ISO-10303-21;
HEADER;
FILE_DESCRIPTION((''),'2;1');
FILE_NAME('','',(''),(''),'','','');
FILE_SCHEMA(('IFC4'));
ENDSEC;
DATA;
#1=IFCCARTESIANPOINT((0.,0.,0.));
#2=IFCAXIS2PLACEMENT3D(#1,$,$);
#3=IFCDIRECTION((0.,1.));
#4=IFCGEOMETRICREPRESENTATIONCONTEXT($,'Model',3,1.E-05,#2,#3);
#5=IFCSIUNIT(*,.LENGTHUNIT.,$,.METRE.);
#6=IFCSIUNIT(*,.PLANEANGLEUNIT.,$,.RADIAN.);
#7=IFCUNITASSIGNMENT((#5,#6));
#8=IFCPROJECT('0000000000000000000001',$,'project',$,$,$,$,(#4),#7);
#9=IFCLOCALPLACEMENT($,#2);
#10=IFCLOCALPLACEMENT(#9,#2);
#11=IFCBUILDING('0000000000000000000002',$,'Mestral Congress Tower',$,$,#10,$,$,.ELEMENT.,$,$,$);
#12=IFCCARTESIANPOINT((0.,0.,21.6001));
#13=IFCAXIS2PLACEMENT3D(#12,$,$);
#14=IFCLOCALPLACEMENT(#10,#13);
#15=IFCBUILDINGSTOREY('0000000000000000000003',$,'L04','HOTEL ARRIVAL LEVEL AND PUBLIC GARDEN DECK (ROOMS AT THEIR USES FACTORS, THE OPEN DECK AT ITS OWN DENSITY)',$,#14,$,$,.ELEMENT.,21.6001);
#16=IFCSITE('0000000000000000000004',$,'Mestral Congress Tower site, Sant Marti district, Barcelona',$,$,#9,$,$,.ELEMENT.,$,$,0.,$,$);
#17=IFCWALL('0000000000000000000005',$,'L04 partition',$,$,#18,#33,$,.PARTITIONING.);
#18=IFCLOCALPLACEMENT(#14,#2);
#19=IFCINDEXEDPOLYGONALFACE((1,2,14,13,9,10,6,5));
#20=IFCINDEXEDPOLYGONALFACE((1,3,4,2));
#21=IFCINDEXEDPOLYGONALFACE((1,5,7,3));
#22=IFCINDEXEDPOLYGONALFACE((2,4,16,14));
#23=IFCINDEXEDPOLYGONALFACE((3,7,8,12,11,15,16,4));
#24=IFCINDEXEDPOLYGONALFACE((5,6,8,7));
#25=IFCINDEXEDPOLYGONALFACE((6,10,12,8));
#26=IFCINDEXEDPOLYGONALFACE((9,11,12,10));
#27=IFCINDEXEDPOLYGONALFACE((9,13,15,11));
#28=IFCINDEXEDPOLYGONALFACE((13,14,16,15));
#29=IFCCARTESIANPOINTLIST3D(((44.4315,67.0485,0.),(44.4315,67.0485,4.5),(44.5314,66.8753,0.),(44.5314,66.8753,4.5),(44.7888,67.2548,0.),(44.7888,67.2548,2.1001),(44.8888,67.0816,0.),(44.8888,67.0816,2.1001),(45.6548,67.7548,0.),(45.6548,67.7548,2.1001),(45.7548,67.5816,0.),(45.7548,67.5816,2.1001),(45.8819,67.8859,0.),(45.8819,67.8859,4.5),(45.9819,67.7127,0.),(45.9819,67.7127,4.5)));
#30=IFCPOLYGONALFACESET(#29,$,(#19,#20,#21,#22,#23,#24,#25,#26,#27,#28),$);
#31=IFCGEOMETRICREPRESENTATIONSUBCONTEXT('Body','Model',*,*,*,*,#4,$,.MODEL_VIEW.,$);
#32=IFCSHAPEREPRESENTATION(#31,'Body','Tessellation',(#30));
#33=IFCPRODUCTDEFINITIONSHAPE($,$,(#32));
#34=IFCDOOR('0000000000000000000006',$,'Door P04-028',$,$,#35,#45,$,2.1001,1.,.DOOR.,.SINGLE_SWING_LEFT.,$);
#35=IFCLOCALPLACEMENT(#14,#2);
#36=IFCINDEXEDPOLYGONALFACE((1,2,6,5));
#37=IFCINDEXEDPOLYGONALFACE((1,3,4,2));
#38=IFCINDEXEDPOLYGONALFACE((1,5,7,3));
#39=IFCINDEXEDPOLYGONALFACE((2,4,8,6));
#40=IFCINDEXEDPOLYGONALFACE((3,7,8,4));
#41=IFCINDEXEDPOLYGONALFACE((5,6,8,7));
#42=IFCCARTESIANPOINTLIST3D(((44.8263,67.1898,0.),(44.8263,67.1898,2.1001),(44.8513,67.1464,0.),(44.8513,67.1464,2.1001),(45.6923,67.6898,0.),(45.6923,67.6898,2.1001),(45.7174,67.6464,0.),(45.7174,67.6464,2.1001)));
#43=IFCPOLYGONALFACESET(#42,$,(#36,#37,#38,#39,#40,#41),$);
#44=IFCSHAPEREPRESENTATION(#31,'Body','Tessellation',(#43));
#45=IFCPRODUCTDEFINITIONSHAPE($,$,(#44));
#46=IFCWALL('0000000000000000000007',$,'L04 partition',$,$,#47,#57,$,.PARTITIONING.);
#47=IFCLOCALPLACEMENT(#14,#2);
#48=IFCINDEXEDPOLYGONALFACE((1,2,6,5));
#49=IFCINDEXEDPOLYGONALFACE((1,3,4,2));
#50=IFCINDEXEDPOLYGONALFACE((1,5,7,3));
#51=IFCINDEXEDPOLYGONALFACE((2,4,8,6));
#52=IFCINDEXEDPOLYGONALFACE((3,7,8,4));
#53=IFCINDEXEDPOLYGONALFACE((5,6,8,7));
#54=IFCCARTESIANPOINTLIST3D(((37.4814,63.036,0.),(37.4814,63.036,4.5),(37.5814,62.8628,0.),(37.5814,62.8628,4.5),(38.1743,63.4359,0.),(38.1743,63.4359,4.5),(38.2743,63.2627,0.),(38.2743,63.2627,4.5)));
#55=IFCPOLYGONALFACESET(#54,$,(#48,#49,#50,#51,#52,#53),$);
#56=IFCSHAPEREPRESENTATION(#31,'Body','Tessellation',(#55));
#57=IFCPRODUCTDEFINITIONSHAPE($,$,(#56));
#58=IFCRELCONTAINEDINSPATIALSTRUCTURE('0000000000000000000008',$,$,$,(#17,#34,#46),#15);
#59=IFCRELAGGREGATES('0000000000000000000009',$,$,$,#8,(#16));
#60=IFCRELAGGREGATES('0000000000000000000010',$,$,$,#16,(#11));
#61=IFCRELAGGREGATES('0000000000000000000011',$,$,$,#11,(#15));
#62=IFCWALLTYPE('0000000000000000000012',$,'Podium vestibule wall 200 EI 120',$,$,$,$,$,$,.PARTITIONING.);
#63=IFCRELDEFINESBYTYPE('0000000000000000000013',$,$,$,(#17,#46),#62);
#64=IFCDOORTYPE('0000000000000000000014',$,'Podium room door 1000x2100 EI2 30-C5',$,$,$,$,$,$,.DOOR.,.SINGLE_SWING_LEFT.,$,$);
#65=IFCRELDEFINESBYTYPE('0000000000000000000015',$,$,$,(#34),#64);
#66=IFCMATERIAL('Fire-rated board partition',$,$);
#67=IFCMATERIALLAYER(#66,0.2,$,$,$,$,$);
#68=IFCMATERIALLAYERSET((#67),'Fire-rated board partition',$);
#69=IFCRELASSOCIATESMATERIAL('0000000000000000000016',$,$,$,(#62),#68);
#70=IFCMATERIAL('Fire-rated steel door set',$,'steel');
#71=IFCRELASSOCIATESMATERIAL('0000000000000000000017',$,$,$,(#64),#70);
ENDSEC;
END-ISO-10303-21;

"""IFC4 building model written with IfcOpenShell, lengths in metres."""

from ifc_helpers import new_model, si_unit, direction, frame, frame_2d, origin, place, context, subcontext, project, spatial, rectangle, extrude, material, layer, layer_set, type_object, element, fill, save


model = new_model("IFC4")

# Units and contexts
model_context = context("Model", 3, precision=1e-05, world=origin(), true_north=direction((0.0, 1.0)))
body_context = subcontext(model_context, "Body", "Model", "MODEL_VIEW")
ifc_project = project(units=[si_unit("LENGTHUNIT", "METRE"), si_unit("PLANEANGLEUNIT", "RADIAN")], contexts=[model_context])

# Site, building, storey
site_placement = place(None, origin())
site = spatial("IfcSite", under=ifc_project, at=site_placement, Name="Mestral Congress Tower site, Sant Marti district, Barcelona", CompositionType="ELEMENT", RefElevation=0.0)
building_placement = place(site_placement, origin())
building = spatial("IfcBuilding", under=site, at=building_placement, Name="Mestral Congress Tower", CompositionType="ELEMENT")
storey_placement = place(building_placement, frame((0.0, 0.0, 21.6001)))
storey = spatial("IfcBuildingStorey", under=building, at=storey_placement, Name="L04", Description="HOTEL ARRIVAL LEVEL AND PUBLIC GARDEN DECK (ROOMS AT THEIR USES FACTORS, THE OPEN DECK AT ITS OWN DENSITY)", CompositionType="ELEMENT", Elevation=21.6001)

# Shared definitions
ifc_material_1 = material(Name="Fire-rated steel door set", Category="steel")

# Shared definitions
ifc_material_2 = material(Name="Fire-rated board partition")
ifc_layer_1 = layer(ifc_material_2, 0.2)
ifc_layer_set_1 = layer_set([ifc_layer_1], Name="Fire-rated board partition")
wall_type_1 = type_object("IfcWallType", Name="Podium vestibule wall 200 EI 120", PredefinedType="PARTITIONING", material=ifc_layer_set_1)

# Wall, opening, door
door_type_1 = type_object("IfcDoorType", Name="Podium room door 1000x2100 EI2 30-C5", OperationType="SINGLE_SWING_LEFT", PredefinedType="DOOR", material=ifc_material_1)
wall_1_placement = place(storey_placement, frame((44.4814, 66.9619, 0.0), z_axis=(0.0, 0.0, 1.0), x_axis=(0.866028, 0.499996, 0.0)))
wall_1 = element("IfcWall", 1, at=wall_1_placement, inside=storey, type_object=wall_type_1, Name="L04 partition", PredefinedType="PARTITIONING", context=body_context, shape_type="SweptSolid", body=[
    extrude(rectangle(XDim=1.6748, YDim=0.2, at=frame_2d((0.8374, 0.0))), origin(), (0.0, 0.0, 1.0), 4.5),
])
opening_1_placement = place(wall_1_placement, frame((0.4126, 0.0, 0.0)))
opening_1 = element("IfcOpeningElement", 2, at=opening_1_placement, cuts=wall_1, PredefinedType="OPENING", context=body_context, shape_type="SweptSolid", body=[
    extrude(rectangle(XDim=1.0, YDim=2.1001, at=frame_2d((0.5, 1.05))), frame((0.0, 0.1099, 0.0), z_axis=(0.0, -1.0, 0.0), x_axis=(1.0, 0.0, 0.0)), (0.0, 0.0, 1.0), 0.22),
])
door_1_placement = place(opening_1_placement, origin())
door_1 = element("IfcDoor", 3, at=door_1_placement, inside=storey, type_object=door_type_1, Name="Door P04-028", OperationType="SINGLE_SWING_LEFT", OverallHeight=2.1001, OverallWidth=1.0, PredefinedType="DOOR", context=body_context, shape_type="SweptSolid", body=[
    extrude(rectangle(XDim=1.0, YDim=2.1001, at=frame_2d((0.5, 1.05))), frame((0.0, 0.0249, 0.0), z_axis=(0.0, -1.0, 0.0), x_axis=(1.0, 0.0, 0.0)), (0.0, 0.0, 1.0), 0.05),
])
fill(opening_1, door_1)

# Wall
wall_2_placement = place(storey_placement, frame((37.5315, 62.9495, 0.0), z_axis=(0.0, 0.0, 1.0), x_axis=(0.866094, 0.499881, 0.0)))
element("IfcWall", 4, at=wall_2_placement, inside=storey, type_object=wall_type_1, Name="L04 partition", PredefinedType="PARTITIONING", context=body_context, shape_type="SweptSolid", body=[
    extrude(rectangle(XDim=0.8, YDim=0.2, at=frame_2d((0.3999, 0.0))), origin(), (0.0, 0.0, 1.0), 4.5),
])

save(model, "model.ifc")
